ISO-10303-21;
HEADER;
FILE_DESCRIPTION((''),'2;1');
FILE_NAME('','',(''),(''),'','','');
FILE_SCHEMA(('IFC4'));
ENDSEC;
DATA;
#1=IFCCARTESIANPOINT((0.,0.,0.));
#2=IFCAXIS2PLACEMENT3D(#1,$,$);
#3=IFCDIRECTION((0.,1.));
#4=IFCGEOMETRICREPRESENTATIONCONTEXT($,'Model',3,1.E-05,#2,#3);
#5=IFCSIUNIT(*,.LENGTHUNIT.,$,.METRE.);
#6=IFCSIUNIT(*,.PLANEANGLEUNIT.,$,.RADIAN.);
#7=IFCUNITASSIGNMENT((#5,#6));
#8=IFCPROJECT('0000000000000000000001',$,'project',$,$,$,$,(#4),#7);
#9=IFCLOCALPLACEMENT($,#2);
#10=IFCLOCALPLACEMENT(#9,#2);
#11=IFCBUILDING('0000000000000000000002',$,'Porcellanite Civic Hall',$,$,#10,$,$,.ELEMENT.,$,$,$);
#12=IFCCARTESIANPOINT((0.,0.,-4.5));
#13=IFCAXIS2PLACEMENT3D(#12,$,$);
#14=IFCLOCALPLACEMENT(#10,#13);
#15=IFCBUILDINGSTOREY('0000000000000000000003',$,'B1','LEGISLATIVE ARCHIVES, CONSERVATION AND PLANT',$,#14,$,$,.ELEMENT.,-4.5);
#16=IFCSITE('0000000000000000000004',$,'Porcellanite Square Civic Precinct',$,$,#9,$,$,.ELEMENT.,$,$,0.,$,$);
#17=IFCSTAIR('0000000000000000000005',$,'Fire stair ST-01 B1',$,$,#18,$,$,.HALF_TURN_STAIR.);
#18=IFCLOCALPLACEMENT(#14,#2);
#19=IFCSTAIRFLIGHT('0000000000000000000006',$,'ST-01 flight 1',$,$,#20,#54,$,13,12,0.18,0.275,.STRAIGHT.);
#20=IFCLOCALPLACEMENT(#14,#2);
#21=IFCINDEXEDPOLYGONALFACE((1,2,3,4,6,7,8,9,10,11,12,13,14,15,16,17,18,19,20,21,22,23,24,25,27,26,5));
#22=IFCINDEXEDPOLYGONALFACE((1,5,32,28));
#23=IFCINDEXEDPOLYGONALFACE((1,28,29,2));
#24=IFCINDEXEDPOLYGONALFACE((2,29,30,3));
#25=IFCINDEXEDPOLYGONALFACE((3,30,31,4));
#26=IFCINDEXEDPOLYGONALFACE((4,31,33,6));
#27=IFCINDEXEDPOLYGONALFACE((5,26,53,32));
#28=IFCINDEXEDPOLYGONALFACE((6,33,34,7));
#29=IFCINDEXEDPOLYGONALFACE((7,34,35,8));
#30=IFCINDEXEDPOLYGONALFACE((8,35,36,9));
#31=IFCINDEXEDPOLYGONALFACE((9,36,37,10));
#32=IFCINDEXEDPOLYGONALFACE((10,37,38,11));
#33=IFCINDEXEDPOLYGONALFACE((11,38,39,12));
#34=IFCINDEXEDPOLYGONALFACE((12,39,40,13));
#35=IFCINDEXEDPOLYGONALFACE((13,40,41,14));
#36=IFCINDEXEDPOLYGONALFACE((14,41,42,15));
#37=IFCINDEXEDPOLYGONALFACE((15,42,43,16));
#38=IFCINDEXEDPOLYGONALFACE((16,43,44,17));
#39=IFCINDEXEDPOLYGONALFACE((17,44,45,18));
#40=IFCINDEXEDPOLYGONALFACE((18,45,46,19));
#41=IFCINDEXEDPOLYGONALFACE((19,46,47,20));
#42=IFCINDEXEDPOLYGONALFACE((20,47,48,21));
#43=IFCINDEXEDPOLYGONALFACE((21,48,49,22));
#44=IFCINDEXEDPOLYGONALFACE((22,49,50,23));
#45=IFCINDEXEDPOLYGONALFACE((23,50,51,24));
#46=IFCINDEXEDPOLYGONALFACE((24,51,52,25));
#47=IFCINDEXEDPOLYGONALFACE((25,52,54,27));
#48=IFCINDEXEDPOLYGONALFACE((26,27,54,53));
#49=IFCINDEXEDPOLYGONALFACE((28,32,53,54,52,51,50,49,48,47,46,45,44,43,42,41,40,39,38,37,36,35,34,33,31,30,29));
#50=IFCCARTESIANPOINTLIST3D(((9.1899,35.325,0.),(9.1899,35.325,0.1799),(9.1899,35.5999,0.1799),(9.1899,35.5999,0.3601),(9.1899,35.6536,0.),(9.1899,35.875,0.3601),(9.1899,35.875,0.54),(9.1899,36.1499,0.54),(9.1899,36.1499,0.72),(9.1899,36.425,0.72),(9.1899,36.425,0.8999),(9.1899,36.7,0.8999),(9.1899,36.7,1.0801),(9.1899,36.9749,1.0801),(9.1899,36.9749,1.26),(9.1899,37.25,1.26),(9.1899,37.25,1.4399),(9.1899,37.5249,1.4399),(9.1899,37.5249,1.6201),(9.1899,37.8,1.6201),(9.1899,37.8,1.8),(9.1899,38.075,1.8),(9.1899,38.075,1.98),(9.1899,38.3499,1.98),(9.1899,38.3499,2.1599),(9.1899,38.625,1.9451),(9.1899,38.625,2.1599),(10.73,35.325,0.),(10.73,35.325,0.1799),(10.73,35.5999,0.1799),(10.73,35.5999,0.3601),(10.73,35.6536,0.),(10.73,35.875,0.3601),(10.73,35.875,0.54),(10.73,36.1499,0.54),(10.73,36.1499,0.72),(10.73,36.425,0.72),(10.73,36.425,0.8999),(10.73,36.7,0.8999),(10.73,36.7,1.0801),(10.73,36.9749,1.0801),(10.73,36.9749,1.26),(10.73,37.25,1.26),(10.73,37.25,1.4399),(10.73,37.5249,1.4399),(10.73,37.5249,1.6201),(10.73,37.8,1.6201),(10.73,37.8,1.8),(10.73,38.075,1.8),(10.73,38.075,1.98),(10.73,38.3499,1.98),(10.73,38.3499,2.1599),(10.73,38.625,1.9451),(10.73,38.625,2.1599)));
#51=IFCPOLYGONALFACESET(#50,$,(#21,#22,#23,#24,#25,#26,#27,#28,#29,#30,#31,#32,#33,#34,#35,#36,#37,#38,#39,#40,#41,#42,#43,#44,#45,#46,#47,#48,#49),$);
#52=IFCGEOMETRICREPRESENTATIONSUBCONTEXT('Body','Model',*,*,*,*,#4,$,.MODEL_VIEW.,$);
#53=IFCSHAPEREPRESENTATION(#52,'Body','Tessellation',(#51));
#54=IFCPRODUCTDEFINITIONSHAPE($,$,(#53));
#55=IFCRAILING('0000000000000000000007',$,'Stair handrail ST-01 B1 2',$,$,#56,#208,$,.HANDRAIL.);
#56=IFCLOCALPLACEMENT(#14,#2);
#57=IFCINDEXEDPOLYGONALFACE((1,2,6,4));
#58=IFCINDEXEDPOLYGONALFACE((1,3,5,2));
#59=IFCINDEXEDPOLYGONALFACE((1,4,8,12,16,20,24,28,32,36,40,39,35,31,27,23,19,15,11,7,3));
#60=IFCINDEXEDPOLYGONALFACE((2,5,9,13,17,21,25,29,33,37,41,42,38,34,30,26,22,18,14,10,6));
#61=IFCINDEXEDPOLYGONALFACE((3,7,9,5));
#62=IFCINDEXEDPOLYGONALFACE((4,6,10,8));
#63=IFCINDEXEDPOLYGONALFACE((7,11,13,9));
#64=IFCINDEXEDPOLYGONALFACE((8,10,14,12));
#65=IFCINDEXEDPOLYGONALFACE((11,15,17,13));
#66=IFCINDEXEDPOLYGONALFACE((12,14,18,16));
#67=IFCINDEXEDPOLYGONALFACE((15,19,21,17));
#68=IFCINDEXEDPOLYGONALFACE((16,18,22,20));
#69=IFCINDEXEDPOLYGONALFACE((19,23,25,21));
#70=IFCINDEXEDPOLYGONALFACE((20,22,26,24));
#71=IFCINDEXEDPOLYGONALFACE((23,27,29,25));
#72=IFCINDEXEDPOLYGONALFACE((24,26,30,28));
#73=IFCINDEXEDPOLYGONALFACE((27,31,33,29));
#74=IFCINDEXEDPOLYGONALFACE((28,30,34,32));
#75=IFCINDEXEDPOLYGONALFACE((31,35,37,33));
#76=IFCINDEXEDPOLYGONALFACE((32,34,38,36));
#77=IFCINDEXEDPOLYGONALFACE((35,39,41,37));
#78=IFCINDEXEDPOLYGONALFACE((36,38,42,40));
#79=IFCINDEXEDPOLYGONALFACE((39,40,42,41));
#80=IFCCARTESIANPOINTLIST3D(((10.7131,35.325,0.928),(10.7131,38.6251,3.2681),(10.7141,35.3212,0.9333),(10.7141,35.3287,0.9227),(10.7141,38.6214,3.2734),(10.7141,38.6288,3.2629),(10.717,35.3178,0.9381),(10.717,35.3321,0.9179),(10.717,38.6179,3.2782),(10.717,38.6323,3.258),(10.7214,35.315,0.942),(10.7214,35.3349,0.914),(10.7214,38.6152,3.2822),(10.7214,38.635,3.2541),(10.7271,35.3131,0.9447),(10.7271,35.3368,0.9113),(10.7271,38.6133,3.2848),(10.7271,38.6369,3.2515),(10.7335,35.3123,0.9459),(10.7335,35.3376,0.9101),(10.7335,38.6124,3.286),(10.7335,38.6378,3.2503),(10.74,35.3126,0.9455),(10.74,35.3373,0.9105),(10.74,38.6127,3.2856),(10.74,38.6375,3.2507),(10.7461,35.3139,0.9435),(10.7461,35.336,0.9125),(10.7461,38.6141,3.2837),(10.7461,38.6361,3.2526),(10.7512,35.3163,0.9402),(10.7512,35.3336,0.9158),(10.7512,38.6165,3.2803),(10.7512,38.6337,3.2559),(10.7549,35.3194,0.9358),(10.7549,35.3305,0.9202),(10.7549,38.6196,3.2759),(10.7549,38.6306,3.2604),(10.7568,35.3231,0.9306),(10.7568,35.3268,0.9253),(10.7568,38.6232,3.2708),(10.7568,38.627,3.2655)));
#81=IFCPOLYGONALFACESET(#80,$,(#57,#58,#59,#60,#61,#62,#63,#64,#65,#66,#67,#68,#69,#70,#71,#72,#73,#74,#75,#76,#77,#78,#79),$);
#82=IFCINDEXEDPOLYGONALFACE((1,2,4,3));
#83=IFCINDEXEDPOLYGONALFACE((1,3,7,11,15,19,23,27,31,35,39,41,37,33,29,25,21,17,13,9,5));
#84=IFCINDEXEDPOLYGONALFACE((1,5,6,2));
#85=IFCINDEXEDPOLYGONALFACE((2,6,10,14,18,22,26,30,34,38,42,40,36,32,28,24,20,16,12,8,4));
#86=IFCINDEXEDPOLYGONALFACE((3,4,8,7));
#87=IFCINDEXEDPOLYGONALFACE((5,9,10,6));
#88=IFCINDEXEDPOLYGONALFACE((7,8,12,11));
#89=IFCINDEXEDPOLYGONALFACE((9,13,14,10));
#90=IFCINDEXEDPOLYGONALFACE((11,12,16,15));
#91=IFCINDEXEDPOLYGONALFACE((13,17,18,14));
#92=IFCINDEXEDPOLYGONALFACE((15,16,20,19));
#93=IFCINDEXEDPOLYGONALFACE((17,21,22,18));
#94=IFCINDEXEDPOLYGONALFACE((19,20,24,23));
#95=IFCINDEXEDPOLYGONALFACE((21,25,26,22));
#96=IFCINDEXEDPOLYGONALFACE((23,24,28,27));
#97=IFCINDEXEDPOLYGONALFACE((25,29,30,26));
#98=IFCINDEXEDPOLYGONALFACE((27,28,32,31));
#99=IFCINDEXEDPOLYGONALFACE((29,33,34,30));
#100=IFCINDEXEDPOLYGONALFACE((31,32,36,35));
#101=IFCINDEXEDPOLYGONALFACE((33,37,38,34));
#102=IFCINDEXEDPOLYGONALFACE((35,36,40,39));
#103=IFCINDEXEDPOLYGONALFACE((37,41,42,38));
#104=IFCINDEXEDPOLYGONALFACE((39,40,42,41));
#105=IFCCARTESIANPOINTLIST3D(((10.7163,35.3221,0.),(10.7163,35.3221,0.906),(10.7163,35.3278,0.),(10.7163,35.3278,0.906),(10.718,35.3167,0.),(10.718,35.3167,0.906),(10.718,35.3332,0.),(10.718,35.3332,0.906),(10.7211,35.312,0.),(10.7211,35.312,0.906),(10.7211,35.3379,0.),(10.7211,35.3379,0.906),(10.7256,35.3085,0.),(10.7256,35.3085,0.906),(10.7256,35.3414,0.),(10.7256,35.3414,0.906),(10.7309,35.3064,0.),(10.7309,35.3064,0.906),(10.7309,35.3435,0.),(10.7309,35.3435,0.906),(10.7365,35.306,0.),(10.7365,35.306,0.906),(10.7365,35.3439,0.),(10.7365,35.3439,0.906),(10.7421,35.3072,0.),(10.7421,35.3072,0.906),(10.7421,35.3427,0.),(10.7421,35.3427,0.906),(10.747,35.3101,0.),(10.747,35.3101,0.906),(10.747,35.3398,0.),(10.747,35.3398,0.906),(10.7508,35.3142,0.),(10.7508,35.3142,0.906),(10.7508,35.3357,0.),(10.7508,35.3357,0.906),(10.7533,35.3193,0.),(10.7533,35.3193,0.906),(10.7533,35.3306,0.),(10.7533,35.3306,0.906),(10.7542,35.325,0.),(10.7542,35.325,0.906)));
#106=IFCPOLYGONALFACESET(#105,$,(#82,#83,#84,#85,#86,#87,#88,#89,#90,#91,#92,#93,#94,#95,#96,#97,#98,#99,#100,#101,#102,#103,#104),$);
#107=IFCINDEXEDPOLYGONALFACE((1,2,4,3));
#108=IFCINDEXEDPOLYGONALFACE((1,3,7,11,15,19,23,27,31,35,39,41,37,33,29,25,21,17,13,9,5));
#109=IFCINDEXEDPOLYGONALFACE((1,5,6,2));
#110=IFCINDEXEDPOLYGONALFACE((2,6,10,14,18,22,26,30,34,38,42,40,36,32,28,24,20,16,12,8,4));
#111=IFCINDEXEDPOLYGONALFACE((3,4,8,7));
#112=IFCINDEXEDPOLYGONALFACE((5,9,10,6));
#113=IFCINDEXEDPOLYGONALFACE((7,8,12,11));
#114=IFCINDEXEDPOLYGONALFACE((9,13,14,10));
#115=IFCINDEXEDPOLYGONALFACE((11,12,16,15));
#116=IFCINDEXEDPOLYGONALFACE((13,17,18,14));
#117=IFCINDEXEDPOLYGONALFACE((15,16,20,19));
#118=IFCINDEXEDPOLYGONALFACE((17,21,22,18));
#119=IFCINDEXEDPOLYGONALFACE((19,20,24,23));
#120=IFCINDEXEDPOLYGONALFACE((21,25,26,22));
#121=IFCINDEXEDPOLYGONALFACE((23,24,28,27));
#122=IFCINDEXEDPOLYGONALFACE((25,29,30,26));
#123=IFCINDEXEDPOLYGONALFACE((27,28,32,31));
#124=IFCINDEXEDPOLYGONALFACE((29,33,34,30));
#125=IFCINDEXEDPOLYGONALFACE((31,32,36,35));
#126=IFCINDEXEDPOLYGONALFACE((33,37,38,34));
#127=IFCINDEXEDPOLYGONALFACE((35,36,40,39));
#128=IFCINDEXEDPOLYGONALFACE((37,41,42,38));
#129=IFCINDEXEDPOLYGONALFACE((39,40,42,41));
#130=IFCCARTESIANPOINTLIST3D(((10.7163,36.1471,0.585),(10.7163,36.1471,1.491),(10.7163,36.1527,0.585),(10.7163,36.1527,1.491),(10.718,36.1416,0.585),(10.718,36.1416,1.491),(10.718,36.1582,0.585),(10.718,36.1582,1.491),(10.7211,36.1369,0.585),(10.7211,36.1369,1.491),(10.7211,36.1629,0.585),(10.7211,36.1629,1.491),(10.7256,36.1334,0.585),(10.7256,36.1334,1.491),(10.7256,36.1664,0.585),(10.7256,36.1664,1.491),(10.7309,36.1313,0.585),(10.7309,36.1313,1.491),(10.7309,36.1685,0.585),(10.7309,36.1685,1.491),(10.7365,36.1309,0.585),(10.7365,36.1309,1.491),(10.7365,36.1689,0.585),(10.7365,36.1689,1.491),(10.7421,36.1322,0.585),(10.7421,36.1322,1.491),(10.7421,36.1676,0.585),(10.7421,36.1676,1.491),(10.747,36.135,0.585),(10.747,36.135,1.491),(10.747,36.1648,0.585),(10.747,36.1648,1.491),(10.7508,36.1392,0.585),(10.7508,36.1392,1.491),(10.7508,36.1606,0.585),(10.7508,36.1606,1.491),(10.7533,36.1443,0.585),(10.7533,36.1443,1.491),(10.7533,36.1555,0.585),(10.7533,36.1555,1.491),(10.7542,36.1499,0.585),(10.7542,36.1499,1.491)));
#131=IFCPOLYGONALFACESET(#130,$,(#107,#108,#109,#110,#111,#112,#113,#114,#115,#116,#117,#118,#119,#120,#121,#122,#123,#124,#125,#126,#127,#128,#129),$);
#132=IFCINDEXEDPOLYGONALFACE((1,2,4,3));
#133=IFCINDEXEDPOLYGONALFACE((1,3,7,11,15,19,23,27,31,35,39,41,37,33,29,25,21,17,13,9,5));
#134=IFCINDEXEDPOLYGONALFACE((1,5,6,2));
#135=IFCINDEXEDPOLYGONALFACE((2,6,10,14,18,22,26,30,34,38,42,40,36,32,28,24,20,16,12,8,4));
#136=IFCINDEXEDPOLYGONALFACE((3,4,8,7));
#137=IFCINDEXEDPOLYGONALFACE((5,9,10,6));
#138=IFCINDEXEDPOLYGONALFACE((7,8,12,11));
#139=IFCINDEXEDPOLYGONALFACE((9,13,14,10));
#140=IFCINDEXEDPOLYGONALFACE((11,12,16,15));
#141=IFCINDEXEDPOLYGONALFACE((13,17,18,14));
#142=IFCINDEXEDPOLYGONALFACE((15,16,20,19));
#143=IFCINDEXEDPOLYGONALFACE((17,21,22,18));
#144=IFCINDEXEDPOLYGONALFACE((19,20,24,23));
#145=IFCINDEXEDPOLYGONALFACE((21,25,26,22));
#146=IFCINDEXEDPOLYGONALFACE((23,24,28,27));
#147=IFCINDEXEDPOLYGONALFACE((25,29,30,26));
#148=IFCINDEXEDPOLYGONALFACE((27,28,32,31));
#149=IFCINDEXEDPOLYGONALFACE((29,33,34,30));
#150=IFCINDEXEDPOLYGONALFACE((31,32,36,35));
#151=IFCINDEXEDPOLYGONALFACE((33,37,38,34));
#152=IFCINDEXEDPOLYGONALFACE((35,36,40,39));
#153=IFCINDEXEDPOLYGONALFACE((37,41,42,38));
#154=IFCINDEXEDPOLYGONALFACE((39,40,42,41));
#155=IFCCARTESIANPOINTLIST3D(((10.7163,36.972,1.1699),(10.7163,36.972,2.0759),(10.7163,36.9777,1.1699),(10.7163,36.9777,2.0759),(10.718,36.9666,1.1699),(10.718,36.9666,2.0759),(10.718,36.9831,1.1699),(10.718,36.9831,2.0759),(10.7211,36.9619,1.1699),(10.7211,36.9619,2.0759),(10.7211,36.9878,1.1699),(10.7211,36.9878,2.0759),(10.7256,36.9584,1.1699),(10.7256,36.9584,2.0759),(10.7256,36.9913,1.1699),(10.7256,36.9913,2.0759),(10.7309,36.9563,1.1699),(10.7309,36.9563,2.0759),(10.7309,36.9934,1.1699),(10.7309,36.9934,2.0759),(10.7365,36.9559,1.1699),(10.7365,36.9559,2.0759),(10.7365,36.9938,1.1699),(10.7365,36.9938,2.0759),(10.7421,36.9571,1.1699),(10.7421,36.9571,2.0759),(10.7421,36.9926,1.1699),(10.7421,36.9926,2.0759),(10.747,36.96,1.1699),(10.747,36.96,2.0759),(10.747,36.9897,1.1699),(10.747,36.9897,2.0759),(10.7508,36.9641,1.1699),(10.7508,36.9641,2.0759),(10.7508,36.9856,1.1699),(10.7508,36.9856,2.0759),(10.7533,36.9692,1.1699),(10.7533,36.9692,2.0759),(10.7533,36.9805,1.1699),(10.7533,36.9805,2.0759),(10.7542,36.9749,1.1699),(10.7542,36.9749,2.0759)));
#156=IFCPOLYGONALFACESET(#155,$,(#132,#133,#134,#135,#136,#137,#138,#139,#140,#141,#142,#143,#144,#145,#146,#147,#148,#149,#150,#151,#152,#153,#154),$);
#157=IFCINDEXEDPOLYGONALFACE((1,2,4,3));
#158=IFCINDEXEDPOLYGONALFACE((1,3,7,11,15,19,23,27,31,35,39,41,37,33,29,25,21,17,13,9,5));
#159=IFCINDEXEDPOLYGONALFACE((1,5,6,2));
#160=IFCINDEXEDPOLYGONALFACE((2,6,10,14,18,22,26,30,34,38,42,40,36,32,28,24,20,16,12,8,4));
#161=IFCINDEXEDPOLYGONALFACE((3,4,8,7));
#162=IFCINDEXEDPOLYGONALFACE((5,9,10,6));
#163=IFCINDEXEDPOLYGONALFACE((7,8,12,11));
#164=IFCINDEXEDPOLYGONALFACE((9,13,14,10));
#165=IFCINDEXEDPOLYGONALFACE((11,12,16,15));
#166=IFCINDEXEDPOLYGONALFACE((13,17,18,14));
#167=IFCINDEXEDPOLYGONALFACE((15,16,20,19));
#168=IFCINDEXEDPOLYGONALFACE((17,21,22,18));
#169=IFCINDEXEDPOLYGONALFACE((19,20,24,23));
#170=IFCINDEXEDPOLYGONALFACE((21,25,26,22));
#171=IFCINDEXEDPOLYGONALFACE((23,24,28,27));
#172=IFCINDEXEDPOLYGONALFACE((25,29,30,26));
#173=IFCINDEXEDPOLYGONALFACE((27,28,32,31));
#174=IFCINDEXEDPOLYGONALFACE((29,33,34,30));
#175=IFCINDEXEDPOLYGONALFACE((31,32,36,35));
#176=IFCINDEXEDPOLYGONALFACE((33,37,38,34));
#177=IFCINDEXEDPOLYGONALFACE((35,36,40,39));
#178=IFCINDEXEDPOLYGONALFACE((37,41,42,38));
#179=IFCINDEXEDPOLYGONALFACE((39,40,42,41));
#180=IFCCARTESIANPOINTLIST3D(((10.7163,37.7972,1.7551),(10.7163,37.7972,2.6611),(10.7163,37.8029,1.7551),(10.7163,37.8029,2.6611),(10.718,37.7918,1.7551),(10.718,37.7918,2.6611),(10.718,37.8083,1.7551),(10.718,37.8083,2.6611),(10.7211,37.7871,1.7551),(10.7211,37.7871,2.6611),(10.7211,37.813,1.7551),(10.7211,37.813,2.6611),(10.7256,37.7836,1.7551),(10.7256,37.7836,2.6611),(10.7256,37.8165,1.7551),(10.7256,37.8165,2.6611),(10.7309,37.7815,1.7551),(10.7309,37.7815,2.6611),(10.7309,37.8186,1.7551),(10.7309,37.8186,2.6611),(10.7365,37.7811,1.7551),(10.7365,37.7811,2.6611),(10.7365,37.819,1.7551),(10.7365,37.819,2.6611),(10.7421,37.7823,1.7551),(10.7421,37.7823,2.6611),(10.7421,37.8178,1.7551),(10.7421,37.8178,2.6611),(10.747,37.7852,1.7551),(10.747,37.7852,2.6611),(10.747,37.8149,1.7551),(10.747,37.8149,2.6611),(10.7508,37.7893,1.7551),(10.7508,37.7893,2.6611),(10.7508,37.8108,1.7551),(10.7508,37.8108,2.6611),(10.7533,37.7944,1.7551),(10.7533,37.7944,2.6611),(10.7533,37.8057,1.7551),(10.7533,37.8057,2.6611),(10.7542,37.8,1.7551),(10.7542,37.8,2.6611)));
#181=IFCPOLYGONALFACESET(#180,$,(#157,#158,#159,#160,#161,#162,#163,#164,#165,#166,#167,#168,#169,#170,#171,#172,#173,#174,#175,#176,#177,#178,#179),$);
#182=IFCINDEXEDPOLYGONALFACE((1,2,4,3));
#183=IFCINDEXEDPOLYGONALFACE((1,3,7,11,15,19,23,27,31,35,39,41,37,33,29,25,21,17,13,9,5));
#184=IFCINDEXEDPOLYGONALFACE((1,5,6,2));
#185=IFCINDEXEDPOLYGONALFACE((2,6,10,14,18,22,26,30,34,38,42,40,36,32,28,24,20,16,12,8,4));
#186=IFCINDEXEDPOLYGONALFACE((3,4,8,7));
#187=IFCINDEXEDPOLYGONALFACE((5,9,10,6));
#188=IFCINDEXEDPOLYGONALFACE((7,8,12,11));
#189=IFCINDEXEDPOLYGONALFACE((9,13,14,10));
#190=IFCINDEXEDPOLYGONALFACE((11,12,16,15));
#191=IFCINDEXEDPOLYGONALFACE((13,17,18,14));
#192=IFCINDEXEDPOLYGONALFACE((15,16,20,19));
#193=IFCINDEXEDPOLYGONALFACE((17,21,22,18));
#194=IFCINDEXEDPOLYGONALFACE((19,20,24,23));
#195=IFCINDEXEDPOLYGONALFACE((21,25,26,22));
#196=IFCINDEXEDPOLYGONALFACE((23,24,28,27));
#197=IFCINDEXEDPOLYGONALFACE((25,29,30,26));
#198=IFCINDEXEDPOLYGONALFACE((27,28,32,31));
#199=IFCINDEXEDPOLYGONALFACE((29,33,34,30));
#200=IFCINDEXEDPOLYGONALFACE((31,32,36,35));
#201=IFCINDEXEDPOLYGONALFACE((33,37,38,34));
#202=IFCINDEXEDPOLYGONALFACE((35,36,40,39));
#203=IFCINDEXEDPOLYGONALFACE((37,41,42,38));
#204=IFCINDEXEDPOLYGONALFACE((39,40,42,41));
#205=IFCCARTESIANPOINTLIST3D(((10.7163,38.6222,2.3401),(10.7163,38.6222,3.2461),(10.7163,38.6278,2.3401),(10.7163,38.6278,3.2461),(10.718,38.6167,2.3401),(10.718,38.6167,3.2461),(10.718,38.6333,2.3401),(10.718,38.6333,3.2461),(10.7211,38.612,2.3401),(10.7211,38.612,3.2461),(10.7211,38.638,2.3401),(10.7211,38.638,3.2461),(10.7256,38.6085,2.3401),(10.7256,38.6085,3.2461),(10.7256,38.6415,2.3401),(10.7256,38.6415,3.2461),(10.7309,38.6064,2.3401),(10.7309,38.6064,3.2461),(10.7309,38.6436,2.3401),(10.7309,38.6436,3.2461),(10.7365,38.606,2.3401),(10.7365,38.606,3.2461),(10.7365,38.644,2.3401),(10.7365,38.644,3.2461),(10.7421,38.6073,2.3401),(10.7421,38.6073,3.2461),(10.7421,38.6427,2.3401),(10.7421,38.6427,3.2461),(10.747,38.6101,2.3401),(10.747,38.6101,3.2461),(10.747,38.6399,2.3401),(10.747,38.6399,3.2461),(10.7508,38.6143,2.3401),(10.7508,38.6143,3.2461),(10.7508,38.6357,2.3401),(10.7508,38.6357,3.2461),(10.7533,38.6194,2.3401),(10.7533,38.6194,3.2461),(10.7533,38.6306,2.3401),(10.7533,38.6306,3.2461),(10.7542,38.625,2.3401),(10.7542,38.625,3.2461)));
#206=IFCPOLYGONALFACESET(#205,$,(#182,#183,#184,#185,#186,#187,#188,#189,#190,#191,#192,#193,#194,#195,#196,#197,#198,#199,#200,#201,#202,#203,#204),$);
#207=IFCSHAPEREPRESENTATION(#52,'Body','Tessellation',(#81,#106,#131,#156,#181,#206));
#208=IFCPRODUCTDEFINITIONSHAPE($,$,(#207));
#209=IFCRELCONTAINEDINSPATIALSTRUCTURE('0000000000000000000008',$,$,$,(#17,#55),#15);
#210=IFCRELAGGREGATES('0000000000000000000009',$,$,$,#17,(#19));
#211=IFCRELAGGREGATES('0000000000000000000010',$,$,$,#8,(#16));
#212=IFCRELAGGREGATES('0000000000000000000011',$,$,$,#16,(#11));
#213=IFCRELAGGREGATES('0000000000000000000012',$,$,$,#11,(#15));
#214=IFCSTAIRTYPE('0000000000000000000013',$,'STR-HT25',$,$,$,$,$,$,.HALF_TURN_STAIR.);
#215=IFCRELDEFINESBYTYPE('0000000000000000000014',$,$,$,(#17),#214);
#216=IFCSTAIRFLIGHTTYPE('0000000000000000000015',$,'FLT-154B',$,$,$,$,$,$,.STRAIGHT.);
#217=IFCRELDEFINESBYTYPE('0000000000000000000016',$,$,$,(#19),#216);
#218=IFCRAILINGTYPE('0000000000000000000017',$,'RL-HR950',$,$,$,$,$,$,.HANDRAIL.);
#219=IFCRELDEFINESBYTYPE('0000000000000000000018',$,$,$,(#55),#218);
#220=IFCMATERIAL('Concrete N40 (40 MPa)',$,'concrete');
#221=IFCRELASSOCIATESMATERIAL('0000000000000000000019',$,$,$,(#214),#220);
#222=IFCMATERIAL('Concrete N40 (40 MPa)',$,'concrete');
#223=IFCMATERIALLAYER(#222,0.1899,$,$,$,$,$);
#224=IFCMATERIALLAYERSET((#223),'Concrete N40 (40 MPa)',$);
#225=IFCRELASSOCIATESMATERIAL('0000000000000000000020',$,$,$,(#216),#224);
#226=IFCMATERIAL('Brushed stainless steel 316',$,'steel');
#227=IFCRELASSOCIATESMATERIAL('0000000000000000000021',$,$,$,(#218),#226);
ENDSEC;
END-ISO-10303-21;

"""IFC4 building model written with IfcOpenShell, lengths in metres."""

from ifc_helpers import new_model, si_unit, direction, frame, origin, origin_2d, place, context, subcontext, project, spatial, polyline, circle, outline, extrude, material, layer, layer_set, type_object, element, aggregate, save


model = new_model("IFC4")

# Units and contexts
model_context = context("Model", 3, precision=1e-05, world=origin(), true_north=direction((0.0, 1.0)))
body_context = subcontext(model_context, "Body", "Model", "MODEL_VIEW")
ifc_project = project(units=[si_unit("LENGTHUNIT", "METRE"), si_unit("PLANEANGLEUNIT", "RADIAN")], contexts=[model_context])

# Site, building, storey
site_placement = place(None, origin())
site = spatial("IfcSite", under=ifc_project, at=site_placement, Name="Porcellanite Square Civic Precinct", CompositionType="ELEMENT", RefElevation=0.0)
building_placement = place(site_placement, origin())
building = spatial("IfcBuilding", under=site, at=building_placement, Name="Porcellanite Civic Hall", CompositionType="ELEMENT")
storey_placement = place(building_placement, frame((0.0, 0.0, -4.5)))
storey = spatial("IfcBuildingStorey", under=building, at=storey_placement, Name="B1", Description="LEGISLATIVE ARCHIVES, CONSERVATION AND PLANT", CompositionType="ELEMENT", Elevation=-4.5)

# Stair, stair flight
ifc_material_1 = material(Name="Concrete N40 (40 MPa)", Category="concrete")
stair_type = type_object("IfcStairType", Name="STR-HT25", PredefinedType="HALF_TURN_STAIR", material=ifc_material_1)
stair_placement = place(storey_placement, origin())
stair = element("IfcStair", 1, at=stair_placement, inside=storey, type_object=stair_type, Name="Fire stair ST-01 B1", PredefinedType="HALF_TURN_STAIR")
ifc_material_2 = material(Name="Concrete N40 (40 MPa)", Category="concrete")
ifc_layer_1 = layer(ifc_material_2, 0.1899)
ifc_layer_set_1 = layer_set([ifc_layer_1], Name="Concrete N40 (40 MPa)")
stair_flight_type = type_object("IfcStairFlightType", Name="FLT-154B", PredefinedType="STRAIGHT", material=ifc_layer_set_1)
stair_flight_placement = place(storey_placement, frame((9.96, 35.325, 0.0), z_axis=(0.0, 0.0, 1.0), x_axis=(0.0, 1.0, 0.0)))
stair_flight = element("IfcStairFlight", 2, at=stair_flight_placement, type_object=stair_flight_type, Name="ST-01 flight 1", NumberOfRisers=13, NumberOfTreads=12, PredefinedType="STRAIGHT", RiserHeight=0.18, TreadLength=0.275, context=body_context, shape_type="SweptSolid", body=[
    extrude(outline(polyline([(0.0, 0.0), (0.0, 0.1799), (0.2749, 0.1799), (0.2749, 0.3601), (0.55, 0.3601), (0.55, 0.54), (0.825, 0.54), (0.825, 0.72), (1.1001, 0.72), (1.1001, 0.8999), (1.375, 0.8999), (1.375, 1.0801), (1.6499, 1.0801), (1.6499, 1.26), (1.925, 1.26), (1.925, 1.4399), (2.2, 1.4399), (2.2, 1.6201), (2.4751, 1.6201), (2.4751, 1.8), (2.75, 1.8), (2.75, 1.98), (3.0249, 1.98), (3.0249, 2.1599), (3.3, 2.1599), (3.3, 2.3401), (3.3, 1.9451), (0.3286, 0.0), (0.0, 0.0)])), frame((0.0, 0.77, 0.0), z_axis=(0.0, -1.0, 0.0), x_axis=(1.0, 0.0, 0.0)), (0.0, 0.0, 1.0), 1.54),
])
aggregate(stair, [stair_flight])

# Railing
ifc_material_3 = material(Name="Brushed stainless steel 316", Category="steel")
railing_type = type_object("IfcRailingType", Name="RL-HR950", PredefinedType="HANDRAIL", material=ifc_material_3)
railing_placement = place(storey_placement, frame((10.7351, 35.325, 0.0)))
element("IfcRailing", 3, at=railing_placement, inside=storey, type_object=railing_type, Name="Stair handrail ST-01 B1 2", PredefinedType="HANDRAIL", context=body_context, shape_type="SweptSolid", body=[
    extrude(circle(Radius=0.022, at=origin_2d()), frame((0.0, 0.0, 0.928), z_axis=(0.0, 0.815727, 0.578438), x_axis=(-1.0, 0.0, 0.0)), (0.0, 0.0, 1.0), 4.0457),
    extrude(circle(Radius=0.019, at=origin_2d()), origin(), (0.0, 0.0, 1.0), 0.906),
    extrude(circle(Radius=0.019, at=origin_2d()), frame((0.0, 0.825, 0.585)), (0.0, 0.0, 1.0), 0.906),
    extrude(circle(Radius=0.019, at=origin_2d()), frame((0.0, 1.6499, 1.1699)), (0.0, 0.0, 1.0), 0.906),
    extrude(circle(Radius=0.019, at=origin_2d()), frame((0.0, 2.4751, 1.7551)), (0.0, 0.0, 1.0), 0.906),
    extrude(circle(Radius=0.019, at=origin_2d()), frame((0.0, 3.3, 2.3401)), (0.0, 0.0, 1.0), 0.906),
])

save(model, "model.ifc")
